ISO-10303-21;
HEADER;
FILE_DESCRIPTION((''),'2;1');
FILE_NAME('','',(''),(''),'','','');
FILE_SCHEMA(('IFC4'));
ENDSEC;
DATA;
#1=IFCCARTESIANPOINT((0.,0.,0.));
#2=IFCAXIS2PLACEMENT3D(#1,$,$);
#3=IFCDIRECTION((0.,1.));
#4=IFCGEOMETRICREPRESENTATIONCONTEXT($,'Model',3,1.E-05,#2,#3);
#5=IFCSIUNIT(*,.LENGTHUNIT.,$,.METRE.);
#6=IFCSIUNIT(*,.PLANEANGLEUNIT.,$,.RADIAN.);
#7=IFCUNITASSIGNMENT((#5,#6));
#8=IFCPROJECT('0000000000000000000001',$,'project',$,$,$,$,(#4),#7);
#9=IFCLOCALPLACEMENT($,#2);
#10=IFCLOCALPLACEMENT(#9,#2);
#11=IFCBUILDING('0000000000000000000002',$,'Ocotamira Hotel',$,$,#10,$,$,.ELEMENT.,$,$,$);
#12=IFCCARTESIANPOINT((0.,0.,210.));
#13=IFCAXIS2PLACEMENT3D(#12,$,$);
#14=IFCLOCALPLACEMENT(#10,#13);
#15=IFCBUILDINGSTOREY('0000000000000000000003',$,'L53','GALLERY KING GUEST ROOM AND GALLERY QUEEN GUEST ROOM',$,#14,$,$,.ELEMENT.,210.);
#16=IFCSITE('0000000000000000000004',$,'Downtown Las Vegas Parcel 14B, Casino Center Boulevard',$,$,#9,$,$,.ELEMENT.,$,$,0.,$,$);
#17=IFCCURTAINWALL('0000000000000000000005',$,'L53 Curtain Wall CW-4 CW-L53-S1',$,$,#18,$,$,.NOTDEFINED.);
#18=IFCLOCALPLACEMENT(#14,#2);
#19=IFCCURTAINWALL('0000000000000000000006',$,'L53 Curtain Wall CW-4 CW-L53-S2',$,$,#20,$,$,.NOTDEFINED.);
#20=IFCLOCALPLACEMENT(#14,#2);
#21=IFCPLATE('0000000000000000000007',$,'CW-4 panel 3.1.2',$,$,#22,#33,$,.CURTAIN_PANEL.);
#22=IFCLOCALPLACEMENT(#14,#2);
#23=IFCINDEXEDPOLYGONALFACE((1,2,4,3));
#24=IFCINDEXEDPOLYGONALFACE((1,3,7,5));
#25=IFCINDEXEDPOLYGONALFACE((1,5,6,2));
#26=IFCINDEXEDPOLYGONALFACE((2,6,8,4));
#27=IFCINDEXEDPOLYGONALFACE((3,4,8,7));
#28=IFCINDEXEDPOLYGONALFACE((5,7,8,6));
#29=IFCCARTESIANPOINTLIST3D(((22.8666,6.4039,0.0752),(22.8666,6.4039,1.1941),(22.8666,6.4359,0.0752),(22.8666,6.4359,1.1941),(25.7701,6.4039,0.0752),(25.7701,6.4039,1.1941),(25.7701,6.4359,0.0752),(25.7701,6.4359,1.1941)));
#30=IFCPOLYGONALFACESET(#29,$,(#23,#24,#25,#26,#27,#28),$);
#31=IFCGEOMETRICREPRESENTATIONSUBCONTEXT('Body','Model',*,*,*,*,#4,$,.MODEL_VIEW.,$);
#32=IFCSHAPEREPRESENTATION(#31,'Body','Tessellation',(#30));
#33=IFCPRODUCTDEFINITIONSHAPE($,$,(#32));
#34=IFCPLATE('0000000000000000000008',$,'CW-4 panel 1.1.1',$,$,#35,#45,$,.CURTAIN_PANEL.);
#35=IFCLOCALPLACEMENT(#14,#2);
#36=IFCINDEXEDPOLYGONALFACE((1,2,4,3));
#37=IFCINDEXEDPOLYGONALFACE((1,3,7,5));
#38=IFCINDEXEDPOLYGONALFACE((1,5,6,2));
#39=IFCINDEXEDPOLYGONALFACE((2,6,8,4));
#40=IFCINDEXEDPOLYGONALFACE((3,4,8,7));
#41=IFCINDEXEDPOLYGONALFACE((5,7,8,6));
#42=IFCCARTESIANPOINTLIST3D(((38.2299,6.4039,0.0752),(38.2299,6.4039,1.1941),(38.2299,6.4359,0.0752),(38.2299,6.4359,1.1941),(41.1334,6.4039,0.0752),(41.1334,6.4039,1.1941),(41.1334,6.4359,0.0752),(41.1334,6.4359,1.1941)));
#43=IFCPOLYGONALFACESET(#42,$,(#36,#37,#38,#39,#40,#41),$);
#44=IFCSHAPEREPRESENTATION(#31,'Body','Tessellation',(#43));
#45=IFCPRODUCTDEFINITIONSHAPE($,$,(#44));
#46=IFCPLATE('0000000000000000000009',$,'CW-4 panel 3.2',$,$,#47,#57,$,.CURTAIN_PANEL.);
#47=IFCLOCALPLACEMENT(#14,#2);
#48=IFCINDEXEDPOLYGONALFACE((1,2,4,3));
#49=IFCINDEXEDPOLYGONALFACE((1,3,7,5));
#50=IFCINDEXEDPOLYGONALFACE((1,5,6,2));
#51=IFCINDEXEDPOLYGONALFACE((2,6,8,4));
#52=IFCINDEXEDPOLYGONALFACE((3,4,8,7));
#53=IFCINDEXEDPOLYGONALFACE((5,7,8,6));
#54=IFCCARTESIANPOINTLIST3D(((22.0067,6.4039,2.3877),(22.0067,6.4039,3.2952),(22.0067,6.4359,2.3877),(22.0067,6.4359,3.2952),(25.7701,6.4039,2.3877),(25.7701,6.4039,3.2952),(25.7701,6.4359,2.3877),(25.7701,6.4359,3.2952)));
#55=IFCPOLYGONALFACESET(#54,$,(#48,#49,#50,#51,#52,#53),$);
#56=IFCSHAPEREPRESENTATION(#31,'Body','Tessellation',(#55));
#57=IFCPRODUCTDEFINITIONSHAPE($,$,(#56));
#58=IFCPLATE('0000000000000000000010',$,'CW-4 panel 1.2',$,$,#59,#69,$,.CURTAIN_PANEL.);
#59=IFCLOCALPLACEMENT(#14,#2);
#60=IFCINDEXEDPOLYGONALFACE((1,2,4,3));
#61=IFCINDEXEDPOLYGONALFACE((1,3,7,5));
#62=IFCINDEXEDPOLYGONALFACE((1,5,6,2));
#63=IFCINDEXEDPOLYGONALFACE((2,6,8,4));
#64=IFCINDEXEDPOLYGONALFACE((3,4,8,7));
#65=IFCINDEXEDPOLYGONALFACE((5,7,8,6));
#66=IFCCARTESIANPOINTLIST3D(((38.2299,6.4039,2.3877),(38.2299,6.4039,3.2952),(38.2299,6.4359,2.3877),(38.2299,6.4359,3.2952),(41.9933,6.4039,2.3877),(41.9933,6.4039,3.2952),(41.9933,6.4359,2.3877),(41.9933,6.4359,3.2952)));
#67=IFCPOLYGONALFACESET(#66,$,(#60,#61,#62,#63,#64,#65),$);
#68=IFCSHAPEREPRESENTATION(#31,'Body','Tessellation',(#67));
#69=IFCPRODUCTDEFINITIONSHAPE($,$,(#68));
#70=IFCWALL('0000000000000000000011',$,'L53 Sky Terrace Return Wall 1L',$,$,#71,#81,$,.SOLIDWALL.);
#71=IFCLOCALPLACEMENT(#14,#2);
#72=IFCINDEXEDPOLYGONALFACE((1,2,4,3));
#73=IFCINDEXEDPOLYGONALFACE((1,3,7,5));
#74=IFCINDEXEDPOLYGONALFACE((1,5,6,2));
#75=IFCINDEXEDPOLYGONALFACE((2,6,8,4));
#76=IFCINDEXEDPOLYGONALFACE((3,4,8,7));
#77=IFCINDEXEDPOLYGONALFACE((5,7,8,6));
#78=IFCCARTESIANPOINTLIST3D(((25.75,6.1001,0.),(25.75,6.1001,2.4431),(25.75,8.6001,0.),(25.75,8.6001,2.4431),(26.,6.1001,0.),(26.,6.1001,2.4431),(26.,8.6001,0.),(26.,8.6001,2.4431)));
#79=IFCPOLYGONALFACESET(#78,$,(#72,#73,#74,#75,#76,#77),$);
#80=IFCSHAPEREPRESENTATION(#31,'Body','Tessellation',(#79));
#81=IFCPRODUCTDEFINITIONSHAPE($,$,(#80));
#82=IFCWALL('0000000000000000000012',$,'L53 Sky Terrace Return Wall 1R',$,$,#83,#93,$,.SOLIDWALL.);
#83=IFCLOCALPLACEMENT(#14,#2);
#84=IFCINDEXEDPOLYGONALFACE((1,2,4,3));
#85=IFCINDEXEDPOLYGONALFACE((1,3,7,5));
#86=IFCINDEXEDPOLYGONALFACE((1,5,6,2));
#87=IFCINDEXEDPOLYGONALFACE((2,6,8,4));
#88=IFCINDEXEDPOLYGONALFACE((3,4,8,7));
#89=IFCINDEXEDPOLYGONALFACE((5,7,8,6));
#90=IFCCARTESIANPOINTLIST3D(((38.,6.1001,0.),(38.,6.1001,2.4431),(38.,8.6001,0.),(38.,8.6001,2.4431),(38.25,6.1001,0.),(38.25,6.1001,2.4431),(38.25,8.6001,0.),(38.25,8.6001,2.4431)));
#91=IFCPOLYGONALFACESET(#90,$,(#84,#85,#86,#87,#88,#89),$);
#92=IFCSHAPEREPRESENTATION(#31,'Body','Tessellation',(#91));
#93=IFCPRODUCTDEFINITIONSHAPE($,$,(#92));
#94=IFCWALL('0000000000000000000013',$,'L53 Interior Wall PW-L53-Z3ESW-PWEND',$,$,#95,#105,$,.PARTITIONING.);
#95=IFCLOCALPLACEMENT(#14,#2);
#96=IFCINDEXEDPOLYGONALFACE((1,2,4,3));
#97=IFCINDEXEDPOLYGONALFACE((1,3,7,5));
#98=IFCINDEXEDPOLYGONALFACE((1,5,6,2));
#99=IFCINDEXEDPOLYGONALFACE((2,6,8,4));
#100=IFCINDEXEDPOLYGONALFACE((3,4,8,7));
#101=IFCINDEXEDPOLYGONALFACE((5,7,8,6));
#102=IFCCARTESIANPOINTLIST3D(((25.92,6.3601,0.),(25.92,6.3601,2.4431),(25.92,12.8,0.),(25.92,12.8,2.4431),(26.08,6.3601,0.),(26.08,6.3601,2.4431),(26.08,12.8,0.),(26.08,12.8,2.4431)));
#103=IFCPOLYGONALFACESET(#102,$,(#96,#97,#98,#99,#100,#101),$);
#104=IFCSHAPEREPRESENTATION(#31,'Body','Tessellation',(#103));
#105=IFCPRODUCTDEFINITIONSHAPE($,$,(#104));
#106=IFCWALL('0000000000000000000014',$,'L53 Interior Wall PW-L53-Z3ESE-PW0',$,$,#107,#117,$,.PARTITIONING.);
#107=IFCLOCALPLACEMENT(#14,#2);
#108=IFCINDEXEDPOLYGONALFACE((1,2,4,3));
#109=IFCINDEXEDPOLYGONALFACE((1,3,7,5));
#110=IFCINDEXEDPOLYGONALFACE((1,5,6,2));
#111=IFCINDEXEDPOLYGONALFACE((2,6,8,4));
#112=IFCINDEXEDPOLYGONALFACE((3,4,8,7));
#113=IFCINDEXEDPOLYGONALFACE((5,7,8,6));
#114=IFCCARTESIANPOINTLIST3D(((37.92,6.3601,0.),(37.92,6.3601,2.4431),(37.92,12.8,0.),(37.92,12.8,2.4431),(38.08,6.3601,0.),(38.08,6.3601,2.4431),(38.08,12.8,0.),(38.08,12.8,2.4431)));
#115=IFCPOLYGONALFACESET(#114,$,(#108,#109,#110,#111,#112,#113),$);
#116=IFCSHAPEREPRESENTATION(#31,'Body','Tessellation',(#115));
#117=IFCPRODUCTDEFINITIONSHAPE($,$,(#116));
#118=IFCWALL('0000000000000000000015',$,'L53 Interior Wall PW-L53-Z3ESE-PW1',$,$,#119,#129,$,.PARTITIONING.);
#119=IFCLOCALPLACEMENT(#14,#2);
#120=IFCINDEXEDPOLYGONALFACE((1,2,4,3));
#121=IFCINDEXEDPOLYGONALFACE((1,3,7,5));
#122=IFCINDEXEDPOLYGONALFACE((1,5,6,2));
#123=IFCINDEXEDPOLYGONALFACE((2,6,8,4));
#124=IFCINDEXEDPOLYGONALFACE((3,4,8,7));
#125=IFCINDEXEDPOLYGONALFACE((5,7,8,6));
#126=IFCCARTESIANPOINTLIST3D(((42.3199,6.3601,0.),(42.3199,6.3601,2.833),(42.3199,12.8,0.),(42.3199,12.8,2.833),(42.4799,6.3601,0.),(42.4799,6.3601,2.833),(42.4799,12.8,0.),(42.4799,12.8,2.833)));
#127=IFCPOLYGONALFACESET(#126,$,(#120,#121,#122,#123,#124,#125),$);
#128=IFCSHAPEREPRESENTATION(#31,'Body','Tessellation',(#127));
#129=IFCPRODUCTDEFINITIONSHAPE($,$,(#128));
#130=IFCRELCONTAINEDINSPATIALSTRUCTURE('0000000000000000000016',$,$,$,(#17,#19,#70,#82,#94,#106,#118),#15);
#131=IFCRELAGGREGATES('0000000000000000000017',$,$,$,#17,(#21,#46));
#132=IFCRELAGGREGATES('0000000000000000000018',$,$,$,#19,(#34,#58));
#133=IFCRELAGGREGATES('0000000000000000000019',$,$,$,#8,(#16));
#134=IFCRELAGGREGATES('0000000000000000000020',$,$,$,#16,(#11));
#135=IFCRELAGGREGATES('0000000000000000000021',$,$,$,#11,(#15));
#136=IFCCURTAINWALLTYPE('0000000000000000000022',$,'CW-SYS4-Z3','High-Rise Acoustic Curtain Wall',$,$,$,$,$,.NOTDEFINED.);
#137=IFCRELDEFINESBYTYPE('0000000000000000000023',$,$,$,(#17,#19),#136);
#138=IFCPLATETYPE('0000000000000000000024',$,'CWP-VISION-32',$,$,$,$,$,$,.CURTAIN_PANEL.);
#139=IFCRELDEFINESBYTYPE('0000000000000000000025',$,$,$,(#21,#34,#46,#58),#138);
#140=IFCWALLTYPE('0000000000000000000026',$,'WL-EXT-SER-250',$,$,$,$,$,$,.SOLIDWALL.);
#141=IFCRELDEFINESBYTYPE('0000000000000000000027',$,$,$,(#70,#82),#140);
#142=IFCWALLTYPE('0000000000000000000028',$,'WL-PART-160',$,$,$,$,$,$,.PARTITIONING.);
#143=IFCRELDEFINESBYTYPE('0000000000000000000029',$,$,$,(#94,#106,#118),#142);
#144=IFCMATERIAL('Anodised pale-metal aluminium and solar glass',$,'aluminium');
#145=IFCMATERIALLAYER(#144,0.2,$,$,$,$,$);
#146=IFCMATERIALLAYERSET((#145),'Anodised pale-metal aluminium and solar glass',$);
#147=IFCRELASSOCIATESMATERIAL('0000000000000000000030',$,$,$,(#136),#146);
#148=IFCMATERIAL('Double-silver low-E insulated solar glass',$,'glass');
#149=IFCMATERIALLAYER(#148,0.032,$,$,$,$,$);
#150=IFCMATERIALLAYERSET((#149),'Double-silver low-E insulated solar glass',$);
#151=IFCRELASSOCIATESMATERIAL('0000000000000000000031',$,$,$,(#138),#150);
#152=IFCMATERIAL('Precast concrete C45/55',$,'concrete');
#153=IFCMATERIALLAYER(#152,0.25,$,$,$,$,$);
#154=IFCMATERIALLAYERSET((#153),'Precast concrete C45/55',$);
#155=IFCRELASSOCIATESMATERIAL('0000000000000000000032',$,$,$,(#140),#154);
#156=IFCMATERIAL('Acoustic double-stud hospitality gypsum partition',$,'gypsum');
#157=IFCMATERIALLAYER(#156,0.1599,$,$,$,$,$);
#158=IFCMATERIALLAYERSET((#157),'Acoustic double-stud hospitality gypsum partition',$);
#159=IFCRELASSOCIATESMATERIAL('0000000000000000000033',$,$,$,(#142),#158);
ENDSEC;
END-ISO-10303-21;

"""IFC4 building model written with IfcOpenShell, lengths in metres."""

from ifc_helpers import new_model, si_unit, direction, frame, frame_2d, origin, origin_2d, place, context, subcontext, project, spatial, rectangle, extrude, source, transform, mapped, material, layer, layer_set, type_object, element, aggregate, save


model = new_model("IFC4")

# Units and contexts
model_context = context("Model", 3, precision=1e-05, world=origin(), true_north=direction((0.0, 1.0)))
body_context = subcontext(model_context, "Body", "Model", "MODEL_VIEW")
ifc_project = project(units=[si_unit("LENGTHUNIT", "METRE"), si_unit("PLANEANGLEUNIT", "RADIAN")], contexts=[model_context])

# Site, building, storey
site_placement = place(None, origin())
site = spatial("IfcSite", under=ifc_project, at=site_placement, Name="Downtown Las Vegas Parcel 14B, Casino Center Boulevard", CompositionType="ELEMENT", RefElevation=0.0)
building_placement = place(site_placement, origin())
building = spatial("IfcBuilding", under=site, at=building_placement, Name="Ocotamira Hotel", CompositionType="ELEMENT")
storey_placement = place(building_placement, frame((0.0, 0.0, 210.0)))
storey = spatial("IfcBuildingStorey", under=building, at=storey_placement, Name="L53", Description="GALLERY KING GUEST ROOM AND GALLERY QUEEN GUEST ROOM", CompositionType="ELEMENT", Elevation=210.0)

# Curtain wall
ifc_material_1 = material(Name="Anodised pale-metal aluminium and solar glass", Category="aluminium")
ifc_layer_1 = layer(ifc_material_1, 0.2)
ifc_layer_set_1 = layer_set([ifc_layer_1], Name="Anodised pale-metal aluminium and solar glass")
curtain_wall_type = type_object("IfcCurtainWallType", Name="CW-SYS4-Z3", Description="High-Rise Acoustic Curtain Wall", PredefinedType="NOTDEFINED", material=ifc_layer_set_1)
curtain_wall_1_placement = place(storey_placement, origin())
curtain_wall_1 = element("IfcCurtainWall", 1, at=curtain_wall_1_placement, inside=storey, type_object=curtain_wall_type, Name="L53 Curtain Wall CW-4 CW-L53-S1", PredefinedType="NOTDEFINED")

# Curtain wall
curtain_wall_2_placement = place(storey_placement, origin())
curtain_wall_2 = element("IfcCurtainWall", 2, at=curtain_wall_2_placement, inside=storey, type_object=curtain_wall_type, Name="L53 Curtain Wall CW-4 CW-L53-S2", PredefinedType="NOTDEFINED")

# Plates
ifc_material_2 = material(Name="Double-silver low-E insulated solar glass", Category="glass")
ifc_layer_2 = layer(ifc_material_2, 0.032)
ifc_layer_set_2 = layer_set([ifc_layer_2], Name="Double-silver low-E insulated solar glass")
plate_type_1 = type_object("IfcPlateType", Name="CWP-VISION-32", PredefinedType="CURTAIN_PANEL", material=ifc_layer_set_2)
shared_shape_1 = source(origin(), body_context, "Body", "SweptSolid", [
    extrude(rectangle(XDim=2.9036, YDim=0.032, at=origin_2d()), origin(), (0.0, 0.0, 1.0), 1.1189),
])
plate_1_placement = place(storey_placement, frame((24.3184, 6.4199, 0.0752), z_axis=(0.0, 0.0, 1.0), x_axis=(1.0, 0.0, 0.0)))
plate_1 = element("IfcPlate", 3, at=plate_1_placement, type_object=plate_type_1, Name="CW-4 panel 3.1.2", PredefinedType="CURTAIN_PANEL", context=body_context, shape_type="MappedRepresentation", body=[
    mapped(shared_shape_1, transform((0.0, 0.0, 0.0), scale=1.0)),
])
plate_2_placement = place(storey_placement, frame((39.6816, 6.4199, 0.0752), z_axis=(0.0, 0.0, 1.0), x_axis=(1.0, 0.0, 0.0)))
plate_2 = element("IfcPlate", 4, at=plate_2_placement, type_object=plate_type_1, Name="CW-4 panel 1.1.1", PredefinedType="CURTAIN_PANEL", context=body_context, shape_type="MappedRepresentation", body=[
    mapped(shared_shape_1, transform((0.0, 0.0, 0.0), scale=1.0)),
])
shared_shape_2 = source(origin(), body_context, "Body", "SweptSolid", [
    extrude(rectangle(XDim=3.7634, YDim=0.032, at=origin_2d()), origin(), (0.0, 0.0, 1.0), 0.9075),
])
plate_3_placement = place(storey_placement, frame((23.8884, 6.4199, 2.3877), z_axis=(0.0, 0.0, 1.0), x_axis=(1.0, 0.0, 0.0)))
plate_3 = element("IfcPlate", 5, at=plate_3_placement, type_object=plate_type_1, Name="CW-4 panel 3.2", PredefinedType="CURTAIN_PANEL", context=body_context, shape_type="MappedRepresentation", body=[
    mapped(shared_shape_2, transform((0.0, 0.0, 0.0), scale=1.0)),
])
aggregate(curtain_wall_1, [plate_1, plate_3])
plate_4_placement = place(storey_placement, frame((40.1116, 6.4199, 2.3877), z_axis=(0.0, 0.0, 1.0), x_axis=(1.0, 0.0, 0.0)))
plate_4 = element("IfcPlate", 6, at=plate_4_placement, type_object=plate_type_1, Name="CW-4 panel 1.2", PredefinedType="CURTAIN_PANEL", context=body_context, shape_type="MappedRepresentation", body=[
    mapped(shared_shape_2, transform((0.0, 0.0, 0.0), scale=1.0)),
])
aggregate(curtain_wall_2, [plate_2, plate_4])

# Walls
ifc_material_3 = material(Name="Precast concrete C45/55", Category="concrete")
ifc_layer_3 = layer(ifc_material_3, 0.25)
ifc_layer_set_3 = layer_set([ifc_layer_3], Name="Precast concrete C45/55")
wall_type_1 = type_object("IfcWallType", Name="WL-EXT-SER-250", PredefinedType="SOLIDWALL", material=ifc_layer_set_3)
for number, where, z_axis, x_axis, name in (
    (7, (25.875, 6.1001, 0.0), (0.0, 0.0, 1.0), (0.0, 1.0, 0.0), "L53 Sky Terrace Return Wall 1L"),
    (8, (38.125, 6.1001, 0.0), (0.0, 0.0, 1.0), (0.0, 1.0, 0.0), "L53 Sky Terrace Return Wall 1R"),
):
    element("IfcWall", number, at=place(storey_placement, frame(where, z_axis=z_axis, x_axis=x_axis)), inside=storey, type_object=wall_type_1, Name=name, PredefinedType="SOLIDWALL", context=body_context, shape_type="SweptSolid", body=[
        extrude(rectangle(XDim=2.5, YDim=0.25, at=frame_2d((1.25, 0.0))), origin(), (0.0, 0.0, 1.0), 2.4431),
    ])
ifc_material_4 = material(Name="Acoustic double-stud hospitality gypsum partition", Category="gypsum")
ifc_layer_4 = layer(ifc_material_4, 0.1599)
ifc_layer_set_4 = layer_set([ifc_layer_4], Name="Acoustic double-stud hospitality gypsum partition")
wall_type_2 = type_object("IfcWallType", Name="WL-PART-160", PredefinedType="PARTITIONING", material=ifc_layer_set_4)
for number, where, z_axis, x_axis, name in (
    (9, (26.0, 6.3601, 0.0), (0.0, 0.0, 1.0), (0.0, 1.0, 0.0), "L53 Interior Wall PW-L53-Z3ESW-PWEND"),
    (10, (38.0, 6.3601, 0.0), (0.0, 0.0, 1.0), (0.0, 1.0, 0.0), "L53 Interior Wall PW-L53-Z3ESE-PW0"),
):
    element("IfcWall", number, at=place(storey_placement, frame(where, z_axis=z_axis, x_axis=x_axis)), inside=storey, type_object=wall_type_2, Name=name, PredefinedType="PARTITIONING", context=body_context, shape_type="SweptSolid", body=[
        extrude(rectangle(XDim=6.4399, YDim=0.1599, at=frame_2d((3.22, 0.0))), origin(), (0.0, 0.0, 1.0), 2.4431),
    ])
wall_placement = place(storey_placement, frame((42.3999, 6.3601, 0.0), z_axis=(0.0, 0.0, 1.0), x_axis=(0.0, 1.0, 0.0)))
element("IfcWall", 11, at=wall_placement, inside=storey, type_object=wall_type_2, Name="L53 Interior Wall PW-L53-Z3ESE-PW1", PredefinedType="PARTITIONING", context=body_context, shape_type="SweptSolid", body=[
    extrude(rectangle(XDim=6.4399, YDim=0.1599, at=frame_2d((3.22, 0.0))), origin(), (0.0, 0.0, 1.0), 2.833),
])

save(model, "model.ifc")
